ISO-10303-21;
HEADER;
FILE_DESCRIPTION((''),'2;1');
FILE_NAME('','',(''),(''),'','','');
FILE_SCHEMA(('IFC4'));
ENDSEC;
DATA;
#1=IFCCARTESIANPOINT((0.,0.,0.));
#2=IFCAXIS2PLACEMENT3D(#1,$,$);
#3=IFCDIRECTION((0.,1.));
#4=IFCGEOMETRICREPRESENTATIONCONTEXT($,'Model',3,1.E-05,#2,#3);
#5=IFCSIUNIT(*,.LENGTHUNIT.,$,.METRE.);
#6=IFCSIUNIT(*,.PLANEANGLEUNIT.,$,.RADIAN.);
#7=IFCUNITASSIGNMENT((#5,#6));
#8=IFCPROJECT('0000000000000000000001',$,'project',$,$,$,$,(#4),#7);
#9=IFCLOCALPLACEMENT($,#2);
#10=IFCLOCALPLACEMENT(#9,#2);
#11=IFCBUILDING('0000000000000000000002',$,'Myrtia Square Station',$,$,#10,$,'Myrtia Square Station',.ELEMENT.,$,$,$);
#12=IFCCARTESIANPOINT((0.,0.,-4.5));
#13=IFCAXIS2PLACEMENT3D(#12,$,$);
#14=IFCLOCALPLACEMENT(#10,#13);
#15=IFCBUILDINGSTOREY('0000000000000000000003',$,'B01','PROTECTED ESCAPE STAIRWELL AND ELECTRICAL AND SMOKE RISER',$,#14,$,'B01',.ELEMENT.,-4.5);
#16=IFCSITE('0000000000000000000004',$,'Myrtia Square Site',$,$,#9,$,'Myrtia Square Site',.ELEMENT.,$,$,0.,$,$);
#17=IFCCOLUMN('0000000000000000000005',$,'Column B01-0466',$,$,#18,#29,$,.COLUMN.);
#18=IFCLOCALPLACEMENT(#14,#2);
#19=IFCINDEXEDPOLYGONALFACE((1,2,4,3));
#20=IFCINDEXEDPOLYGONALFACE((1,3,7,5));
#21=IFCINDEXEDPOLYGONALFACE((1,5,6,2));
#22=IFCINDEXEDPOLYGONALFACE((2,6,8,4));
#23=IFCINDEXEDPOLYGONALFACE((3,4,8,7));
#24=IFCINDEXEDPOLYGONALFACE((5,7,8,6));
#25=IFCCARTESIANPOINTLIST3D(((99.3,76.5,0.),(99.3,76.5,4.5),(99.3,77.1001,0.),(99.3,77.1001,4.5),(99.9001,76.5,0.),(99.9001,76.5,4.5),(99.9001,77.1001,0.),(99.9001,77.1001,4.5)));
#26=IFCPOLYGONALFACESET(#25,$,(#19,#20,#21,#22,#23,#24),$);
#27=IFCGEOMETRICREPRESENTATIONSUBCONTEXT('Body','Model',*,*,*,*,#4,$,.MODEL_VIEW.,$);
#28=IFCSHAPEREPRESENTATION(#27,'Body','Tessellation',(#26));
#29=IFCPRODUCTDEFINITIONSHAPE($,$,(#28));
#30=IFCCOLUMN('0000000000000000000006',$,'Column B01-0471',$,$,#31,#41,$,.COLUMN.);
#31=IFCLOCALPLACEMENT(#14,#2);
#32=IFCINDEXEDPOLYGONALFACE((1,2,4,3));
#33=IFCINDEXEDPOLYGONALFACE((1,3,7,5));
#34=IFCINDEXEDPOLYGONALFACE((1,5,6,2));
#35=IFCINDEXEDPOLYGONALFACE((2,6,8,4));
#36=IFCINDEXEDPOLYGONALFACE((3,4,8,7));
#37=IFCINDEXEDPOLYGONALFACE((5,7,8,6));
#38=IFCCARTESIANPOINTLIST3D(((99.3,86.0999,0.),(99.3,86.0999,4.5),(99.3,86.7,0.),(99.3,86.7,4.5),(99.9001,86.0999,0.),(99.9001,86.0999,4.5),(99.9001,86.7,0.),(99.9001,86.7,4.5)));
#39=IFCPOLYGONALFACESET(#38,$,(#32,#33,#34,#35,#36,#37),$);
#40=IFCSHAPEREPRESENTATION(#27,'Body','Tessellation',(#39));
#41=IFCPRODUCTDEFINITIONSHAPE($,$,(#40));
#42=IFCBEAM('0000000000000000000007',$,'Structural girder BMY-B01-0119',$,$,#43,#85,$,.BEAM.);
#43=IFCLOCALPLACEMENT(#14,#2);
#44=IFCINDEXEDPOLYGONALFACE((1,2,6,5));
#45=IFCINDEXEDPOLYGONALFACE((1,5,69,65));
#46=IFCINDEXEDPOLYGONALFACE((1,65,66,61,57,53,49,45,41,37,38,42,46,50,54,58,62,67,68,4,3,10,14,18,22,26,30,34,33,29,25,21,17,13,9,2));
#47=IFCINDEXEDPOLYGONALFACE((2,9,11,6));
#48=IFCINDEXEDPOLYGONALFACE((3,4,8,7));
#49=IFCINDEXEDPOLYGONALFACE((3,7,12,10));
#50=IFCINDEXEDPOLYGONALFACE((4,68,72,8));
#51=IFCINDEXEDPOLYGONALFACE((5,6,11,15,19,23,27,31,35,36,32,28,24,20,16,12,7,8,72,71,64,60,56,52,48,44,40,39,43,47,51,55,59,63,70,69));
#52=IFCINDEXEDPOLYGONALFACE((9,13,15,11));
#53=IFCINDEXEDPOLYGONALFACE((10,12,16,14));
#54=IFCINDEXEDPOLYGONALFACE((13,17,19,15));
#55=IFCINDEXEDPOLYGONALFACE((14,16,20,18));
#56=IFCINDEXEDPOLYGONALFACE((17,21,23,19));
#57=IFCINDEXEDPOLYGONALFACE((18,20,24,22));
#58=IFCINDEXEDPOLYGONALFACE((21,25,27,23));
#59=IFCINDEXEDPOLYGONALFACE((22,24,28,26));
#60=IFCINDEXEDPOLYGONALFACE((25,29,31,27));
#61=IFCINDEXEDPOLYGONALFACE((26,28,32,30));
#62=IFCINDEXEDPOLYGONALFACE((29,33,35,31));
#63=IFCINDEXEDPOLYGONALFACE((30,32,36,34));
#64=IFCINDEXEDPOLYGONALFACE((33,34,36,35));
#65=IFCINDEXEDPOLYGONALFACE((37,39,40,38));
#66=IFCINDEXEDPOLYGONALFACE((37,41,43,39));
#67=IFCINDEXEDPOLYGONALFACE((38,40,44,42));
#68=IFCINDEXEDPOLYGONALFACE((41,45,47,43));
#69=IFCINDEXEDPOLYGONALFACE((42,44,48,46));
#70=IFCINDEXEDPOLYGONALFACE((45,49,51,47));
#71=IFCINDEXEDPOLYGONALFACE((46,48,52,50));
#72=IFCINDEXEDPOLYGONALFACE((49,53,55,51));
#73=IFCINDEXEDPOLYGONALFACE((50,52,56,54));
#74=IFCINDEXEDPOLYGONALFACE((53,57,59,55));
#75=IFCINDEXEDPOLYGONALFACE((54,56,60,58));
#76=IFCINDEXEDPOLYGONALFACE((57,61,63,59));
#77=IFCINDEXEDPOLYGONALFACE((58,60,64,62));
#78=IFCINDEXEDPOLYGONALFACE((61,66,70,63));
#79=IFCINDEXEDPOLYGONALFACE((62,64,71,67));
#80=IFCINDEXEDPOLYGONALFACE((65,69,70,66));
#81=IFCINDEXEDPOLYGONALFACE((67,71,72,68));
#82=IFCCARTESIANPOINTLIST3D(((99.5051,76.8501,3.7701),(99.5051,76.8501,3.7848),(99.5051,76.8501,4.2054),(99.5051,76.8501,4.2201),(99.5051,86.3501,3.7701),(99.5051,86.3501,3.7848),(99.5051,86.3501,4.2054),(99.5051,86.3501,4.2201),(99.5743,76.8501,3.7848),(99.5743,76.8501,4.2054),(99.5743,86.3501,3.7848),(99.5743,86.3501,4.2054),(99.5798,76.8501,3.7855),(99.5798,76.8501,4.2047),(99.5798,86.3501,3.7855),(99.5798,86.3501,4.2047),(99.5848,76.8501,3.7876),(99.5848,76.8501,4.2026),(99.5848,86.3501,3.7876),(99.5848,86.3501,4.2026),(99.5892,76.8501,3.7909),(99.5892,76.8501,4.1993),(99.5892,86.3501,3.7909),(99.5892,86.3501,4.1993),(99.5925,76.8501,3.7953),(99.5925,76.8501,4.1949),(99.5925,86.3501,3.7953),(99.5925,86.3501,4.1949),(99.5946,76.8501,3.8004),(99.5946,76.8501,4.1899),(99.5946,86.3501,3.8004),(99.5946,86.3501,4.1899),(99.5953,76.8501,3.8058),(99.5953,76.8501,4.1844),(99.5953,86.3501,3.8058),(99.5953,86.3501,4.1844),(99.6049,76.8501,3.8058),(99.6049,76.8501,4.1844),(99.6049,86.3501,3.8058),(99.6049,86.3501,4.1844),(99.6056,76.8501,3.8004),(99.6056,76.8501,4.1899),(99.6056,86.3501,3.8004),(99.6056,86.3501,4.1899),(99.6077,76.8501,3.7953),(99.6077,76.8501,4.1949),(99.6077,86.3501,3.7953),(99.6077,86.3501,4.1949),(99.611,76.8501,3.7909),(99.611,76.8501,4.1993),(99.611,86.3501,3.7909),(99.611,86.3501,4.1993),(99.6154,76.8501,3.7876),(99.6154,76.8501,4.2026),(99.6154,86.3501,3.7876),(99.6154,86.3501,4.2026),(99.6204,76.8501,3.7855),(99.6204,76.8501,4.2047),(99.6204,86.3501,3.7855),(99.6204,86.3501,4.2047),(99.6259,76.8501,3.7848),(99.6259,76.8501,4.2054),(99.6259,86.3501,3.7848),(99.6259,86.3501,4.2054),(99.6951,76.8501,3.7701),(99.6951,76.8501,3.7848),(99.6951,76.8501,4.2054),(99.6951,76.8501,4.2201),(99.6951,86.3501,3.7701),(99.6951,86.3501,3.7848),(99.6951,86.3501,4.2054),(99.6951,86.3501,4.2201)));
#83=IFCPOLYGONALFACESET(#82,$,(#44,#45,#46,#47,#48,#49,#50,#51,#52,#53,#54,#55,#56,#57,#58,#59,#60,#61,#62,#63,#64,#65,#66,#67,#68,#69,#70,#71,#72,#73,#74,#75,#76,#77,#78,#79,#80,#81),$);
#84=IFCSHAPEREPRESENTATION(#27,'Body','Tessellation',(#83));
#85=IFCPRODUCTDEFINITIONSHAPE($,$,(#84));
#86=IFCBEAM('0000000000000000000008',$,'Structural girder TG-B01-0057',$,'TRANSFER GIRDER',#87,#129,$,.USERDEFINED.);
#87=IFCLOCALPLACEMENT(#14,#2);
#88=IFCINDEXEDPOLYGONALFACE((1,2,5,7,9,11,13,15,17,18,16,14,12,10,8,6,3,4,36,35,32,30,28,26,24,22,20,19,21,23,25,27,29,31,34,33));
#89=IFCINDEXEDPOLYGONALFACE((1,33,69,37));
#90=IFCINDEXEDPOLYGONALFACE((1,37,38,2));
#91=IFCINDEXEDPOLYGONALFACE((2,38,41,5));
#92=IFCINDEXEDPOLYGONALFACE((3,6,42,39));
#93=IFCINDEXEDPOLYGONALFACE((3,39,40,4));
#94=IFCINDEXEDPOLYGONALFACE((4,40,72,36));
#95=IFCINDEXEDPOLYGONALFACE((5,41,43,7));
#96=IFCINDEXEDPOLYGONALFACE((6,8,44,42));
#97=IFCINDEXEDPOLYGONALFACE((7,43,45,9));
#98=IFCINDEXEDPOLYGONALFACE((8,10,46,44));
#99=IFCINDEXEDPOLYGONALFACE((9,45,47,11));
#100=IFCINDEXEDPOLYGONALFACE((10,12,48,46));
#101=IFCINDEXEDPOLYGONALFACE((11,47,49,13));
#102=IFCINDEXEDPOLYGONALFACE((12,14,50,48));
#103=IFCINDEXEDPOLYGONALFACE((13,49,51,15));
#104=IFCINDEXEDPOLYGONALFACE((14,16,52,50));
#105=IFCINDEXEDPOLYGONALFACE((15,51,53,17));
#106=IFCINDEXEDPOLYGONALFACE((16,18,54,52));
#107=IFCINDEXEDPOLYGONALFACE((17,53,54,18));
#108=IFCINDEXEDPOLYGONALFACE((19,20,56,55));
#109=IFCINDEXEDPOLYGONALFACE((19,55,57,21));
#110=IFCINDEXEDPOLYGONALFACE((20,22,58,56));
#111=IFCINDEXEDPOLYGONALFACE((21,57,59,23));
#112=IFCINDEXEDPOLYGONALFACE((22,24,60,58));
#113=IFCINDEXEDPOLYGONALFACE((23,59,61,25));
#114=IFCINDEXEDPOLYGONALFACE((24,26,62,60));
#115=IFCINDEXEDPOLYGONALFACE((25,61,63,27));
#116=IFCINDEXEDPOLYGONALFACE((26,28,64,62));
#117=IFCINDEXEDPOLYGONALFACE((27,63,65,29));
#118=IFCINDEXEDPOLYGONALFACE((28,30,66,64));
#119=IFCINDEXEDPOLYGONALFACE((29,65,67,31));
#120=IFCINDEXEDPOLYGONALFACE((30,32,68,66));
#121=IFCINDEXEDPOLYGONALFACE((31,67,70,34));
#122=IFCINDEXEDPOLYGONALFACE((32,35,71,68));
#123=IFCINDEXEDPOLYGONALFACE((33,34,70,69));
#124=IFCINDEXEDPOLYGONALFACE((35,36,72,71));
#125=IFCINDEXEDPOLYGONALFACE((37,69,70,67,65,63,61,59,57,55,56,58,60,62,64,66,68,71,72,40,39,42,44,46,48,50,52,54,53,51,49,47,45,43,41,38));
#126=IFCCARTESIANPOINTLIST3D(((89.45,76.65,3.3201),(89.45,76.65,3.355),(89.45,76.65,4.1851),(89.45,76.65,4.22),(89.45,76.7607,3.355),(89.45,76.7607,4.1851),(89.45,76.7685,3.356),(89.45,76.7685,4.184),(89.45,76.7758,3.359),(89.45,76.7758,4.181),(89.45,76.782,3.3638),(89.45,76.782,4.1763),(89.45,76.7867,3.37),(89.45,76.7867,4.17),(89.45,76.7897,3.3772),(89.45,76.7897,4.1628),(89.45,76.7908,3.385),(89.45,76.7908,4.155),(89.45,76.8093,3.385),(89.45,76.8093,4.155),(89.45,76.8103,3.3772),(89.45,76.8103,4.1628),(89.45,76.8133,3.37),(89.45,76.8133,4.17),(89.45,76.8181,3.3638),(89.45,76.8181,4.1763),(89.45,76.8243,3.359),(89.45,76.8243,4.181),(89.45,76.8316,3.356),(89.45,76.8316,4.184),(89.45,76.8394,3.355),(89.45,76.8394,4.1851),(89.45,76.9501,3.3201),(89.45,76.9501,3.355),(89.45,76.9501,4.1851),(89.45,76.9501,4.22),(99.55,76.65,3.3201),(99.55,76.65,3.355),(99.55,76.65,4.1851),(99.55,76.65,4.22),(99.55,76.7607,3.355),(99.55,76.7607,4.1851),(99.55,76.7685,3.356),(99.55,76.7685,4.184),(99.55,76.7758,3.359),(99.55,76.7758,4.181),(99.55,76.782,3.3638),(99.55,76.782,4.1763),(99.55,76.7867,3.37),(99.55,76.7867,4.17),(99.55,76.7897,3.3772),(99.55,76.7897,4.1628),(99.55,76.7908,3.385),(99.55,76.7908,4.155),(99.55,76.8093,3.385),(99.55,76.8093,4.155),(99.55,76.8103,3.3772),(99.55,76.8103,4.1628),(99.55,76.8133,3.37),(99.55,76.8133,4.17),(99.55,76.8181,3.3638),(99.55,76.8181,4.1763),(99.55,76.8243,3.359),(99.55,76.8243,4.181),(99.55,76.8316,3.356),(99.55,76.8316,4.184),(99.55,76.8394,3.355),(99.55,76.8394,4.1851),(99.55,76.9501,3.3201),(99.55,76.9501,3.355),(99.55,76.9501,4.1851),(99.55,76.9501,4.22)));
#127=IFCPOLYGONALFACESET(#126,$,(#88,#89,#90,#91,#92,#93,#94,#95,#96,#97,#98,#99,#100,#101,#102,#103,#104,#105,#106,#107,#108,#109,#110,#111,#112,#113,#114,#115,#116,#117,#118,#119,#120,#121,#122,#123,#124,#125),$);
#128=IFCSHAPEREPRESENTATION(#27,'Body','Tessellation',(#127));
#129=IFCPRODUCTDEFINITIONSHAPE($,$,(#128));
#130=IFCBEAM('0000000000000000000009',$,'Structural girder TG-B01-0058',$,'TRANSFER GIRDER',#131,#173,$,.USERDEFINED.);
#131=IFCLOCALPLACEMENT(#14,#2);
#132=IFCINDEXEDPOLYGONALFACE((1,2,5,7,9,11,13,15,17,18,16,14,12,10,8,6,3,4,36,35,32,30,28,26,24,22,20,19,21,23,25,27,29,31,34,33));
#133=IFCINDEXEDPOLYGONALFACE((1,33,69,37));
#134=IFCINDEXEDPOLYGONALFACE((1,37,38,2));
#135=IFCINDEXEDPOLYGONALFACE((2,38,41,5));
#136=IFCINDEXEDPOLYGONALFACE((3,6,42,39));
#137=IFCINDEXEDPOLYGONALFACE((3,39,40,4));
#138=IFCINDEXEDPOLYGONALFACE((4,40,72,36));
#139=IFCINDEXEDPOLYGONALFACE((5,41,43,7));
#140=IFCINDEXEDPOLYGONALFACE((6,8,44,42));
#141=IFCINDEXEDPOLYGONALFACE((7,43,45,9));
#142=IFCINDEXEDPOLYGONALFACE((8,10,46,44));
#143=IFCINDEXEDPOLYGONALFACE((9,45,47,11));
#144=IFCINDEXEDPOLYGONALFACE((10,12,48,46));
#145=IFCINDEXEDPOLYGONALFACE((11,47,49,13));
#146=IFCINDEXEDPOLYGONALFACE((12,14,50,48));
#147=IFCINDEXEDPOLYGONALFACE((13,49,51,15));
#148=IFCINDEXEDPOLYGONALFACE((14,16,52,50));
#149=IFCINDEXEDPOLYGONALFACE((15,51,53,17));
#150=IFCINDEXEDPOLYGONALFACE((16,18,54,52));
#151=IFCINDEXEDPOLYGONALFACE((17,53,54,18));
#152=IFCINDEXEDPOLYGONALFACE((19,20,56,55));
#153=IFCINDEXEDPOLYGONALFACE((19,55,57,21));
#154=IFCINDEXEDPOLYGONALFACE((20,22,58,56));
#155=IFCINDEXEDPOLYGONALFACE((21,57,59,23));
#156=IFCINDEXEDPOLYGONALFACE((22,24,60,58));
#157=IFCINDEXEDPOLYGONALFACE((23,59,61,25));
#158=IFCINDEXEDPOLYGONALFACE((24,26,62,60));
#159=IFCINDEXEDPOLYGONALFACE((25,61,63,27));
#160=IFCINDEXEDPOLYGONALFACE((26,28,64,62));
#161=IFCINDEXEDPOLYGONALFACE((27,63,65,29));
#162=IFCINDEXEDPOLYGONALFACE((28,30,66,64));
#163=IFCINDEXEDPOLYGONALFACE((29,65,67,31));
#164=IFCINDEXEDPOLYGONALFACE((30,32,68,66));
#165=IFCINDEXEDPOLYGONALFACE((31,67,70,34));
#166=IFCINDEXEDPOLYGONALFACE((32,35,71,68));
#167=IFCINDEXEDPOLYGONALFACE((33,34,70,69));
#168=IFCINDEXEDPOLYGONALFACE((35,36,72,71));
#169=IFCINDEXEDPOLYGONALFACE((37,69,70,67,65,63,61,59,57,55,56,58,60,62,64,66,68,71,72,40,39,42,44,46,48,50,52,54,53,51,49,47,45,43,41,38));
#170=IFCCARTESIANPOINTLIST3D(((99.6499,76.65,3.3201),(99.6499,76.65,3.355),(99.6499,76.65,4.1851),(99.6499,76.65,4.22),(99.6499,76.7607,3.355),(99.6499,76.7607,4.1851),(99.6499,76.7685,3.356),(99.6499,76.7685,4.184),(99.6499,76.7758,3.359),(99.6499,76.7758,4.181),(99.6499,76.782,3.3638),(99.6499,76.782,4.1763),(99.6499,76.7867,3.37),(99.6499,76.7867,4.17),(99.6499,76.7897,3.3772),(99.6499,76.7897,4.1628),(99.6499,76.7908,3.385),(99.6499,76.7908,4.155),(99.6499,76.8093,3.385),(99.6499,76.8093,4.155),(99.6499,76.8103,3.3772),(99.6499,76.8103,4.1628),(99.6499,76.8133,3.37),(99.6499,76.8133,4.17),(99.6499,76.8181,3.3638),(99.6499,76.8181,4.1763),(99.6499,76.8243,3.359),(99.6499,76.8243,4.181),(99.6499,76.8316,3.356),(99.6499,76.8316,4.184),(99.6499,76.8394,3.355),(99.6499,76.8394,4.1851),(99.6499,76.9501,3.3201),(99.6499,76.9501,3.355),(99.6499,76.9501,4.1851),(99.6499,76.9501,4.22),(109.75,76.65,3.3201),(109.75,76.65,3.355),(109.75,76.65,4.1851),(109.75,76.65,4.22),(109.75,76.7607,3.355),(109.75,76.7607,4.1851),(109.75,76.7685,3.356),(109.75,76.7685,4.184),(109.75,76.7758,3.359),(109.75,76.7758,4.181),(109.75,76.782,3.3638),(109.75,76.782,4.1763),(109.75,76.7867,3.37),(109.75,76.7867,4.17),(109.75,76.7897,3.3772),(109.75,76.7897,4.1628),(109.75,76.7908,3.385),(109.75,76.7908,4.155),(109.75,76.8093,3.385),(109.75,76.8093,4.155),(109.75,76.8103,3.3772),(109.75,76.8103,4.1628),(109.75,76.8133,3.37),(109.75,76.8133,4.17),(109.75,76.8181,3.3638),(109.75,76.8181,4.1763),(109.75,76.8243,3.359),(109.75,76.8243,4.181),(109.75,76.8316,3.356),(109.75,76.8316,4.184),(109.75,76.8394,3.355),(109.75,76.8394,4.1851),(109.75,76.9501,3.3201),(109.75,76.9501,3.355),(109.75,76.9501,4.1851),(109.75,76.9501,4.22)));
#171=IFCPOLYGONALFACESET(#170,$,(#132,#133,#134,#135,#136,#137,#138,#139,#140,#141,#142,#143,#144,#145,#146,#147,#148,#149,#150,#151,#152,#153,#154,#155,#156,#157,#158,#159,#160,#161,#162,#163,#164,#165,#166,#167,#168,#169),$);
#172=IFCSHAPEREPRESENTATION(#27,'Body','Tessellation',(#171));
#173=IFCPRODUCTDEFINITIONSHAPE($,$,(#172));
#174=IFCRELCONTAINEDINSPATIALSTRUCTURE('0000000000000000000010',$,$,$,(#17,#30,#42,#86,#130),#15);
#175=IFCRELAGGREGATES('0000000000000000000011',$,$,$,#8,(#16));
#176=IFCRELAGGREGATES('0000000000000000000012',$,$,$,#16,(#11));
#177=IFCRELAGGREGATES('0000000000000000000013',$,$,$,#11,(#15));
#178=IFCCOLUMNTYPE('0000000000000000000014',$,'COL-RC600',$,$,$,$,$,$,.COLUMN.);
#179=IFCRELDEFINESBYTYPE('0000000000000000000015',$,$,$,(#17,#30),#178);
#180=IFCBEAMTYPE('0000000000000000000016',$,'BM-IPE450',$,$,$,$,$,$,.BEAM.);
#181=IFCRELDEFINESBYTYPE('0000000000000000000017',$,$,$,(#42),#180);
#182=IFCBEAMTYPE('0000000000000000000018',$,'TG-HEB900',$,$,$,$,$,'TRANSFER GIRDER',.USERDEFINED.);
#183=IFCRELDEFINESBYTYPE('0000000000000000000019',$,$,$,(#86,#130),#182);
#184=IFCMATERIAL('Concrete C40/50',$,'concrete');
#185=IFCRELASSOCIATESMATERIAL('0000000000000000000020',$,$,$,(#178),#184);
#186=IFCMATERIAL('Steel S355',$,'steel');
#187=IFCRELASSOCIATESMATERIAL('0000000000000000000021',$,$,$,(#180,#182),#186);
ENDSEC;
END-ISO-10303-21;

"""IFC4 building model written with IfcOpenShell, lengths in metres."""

from ifc_helpers import new_model, si_unit, direction, frame, origin, origin_2d, place, context, subcontext, project, spatial, rectangle, i_section, extrude, material, material_profile, profile_set, type_object, element, save


model = new_model("IFC4")

# Units and contexts
model_context = context("Model", 3, precision=1e-05, world=origin(), true_north=direction((0.0, 1.0)))
body_context = subcontext(model_context, "Body", "Model", "MODEL_VIEW")
ifc_project = project(units=[si_unit("LENGTHUNIT", "METRE"), si_unit("PLANEANGLEUNIT", "RADIAN")], contexts=[model_context])

# Site, building, storey
site_placement = place(None, origin())
site = spatial("IfcSite", under=ifc_project, at=site_placement, Name="Myrtia Square Site", LongName="Myrtia Square Site", CompositionType="ELEMENT", RefElevation=0.0)
building_placement = place(site_placement, origin())
building = spatial("IfcBuilding", under=site, at=building_placement, Name="Myrtia Square Station", LongName="Myrtia Square Station", CompositionType="ELEMENT")
storey_placement = place(building_placement, frame((0.0, 0.0, -4.5)))
storey = spatial("IfcBuildingStorey", under=building, at=storey_placement, Name="B01", Description="PROTECTED ESCAPE STAIRWELL AND ELECTRICAL AND SMOKE RISER", LongName="B01", CompositionType="ELEMENT", Elevation=-4.5)

# Columns
ifc_material_1 = material(Name="Concrete C40/50", Category="concrete")
ifc_material_profile_1 = material_profile(ifc_material_1, rectangle(XDim=0.6001, YDim=0.6001, at=origin_2d()), Name="RC 600x600")
ifc_profile_set_1 = profile_set([ifc_material_profile_1], Name="Concrete C40/50")
column_type = type_object("IfcColumnType", Name="COL-RC600", PredefinedType="COLUMN", material=ifc_profile_set_1)
for number, where, z_axis, x_axis, name in (
    (1, (99.6001, 76.8, 0.0), (0.0, 0.0, 1.0), (1.0, 0.0, 0.0), "Column B01-0466"),
    (2, (99.6001, 86.3999, 0.0), (0.0, 0.0, 1.0), (1.0, 0.0, 0.0), "Column B01-0471"),
):
    element("IfcColumn", number, at=place(storey_placement, frame(where, z_axis=z_axis, x_axis=x_axis)), inside=storey, type_object=column_type, Name=name, PredefinedType="COLUMN", context=body_context, shape_type="SweptSolid", body=[
        extrude(rectangle(XDim=0.6001, YDim=0.6001, at=origin_2d()), origin(), (0.0, 0.0, 1.0), 4.5),
    ])

# Beams
ifc_material_2 = material(Name="Steel S355", Category="steel")
ifc_material_profile_2 = material_profile(ifc_material_2, i_section(OverallWidth=0.1899, OverallDepth=0.45, WebThickness=0.0095, FlangeThickness=0.0146, FilletRadius=0.021, at=origin_2d()), Name="IPE 450")
ifc_profile_set_2 = profile_set([ifc_material_profile_2], Name="Steel S355")
beam_type_1 = type_object("IfcBeamType", Name="BM-IPE450", PredefinedType="BEAM", material=ifc_profile_set_2)
beam_placement = place(storey_placement, frame((99.6001, 76.8501, 3.9951), z_axis=(0.0, 1.0, 0.0), x_axis=(-1.0, 0.0, 0.0)))
element("IfcBeam", 3, at=beam_placement, inside=storey, type_object=beam_type_1, Name="Structural girder BMY-B01-0119", PredefinedType="BEAM", context=body_context, shape_type="SweptSolid", body=[
    extrude(i_section(OverallWidth=0.1899, OverallDepth=0.45, WebThickness=0.0095, FlangeThickness=0.0146, FilletRadius=0.021, at=origin_2d()), origin(), (0.0, 0.0, 1.0), 9.5),
])
ifc_material_profile_3 = material_profile(ifc_material_2, i_section(OverallWidth=0.3, OverallDepth=0.8999, WebThickness=0.0186, FlangeThickness=0.0349, FilletRadius=0.03, at=origin_2d()), Name="HEB 900")
ifc_profile_set_3 = profile_set([ifc_material_profile_3], Name="Steel S355")
beam_type_2 = type_object("IfcBeamType", Name="TG-HEB900", ElementType="TRANSFER GIRDER", PredefinedType="USERDEFINED", material=ifc_profile_set_3)
for number, where, z_axis, x_axis, name in (
    (4, (89.45, 76.8, 3.77), (1.0, 0.0, 0.0), (0.0, 1.0, 0.0), "Structural girder TG-B01-0057"),
    (5, (99.6499, 76.8, 3.77), (1.0, 0.0, 0.0), (0.0, 1.0, 0.0), "Structural girder TG-B01-0058"),
):
    element("IfcBeam", number, at=place(storey_placement, frame(where, z_axis=z_axis, x_axis=x_axis)), inside=storey, type_object=beam_type_2, Name=name, ObjectType="TRANSFER GIRDER", PredefinedType="USERDEFINED", context=body_context, shape_type="SweptSolid", body=[
        extrude(i_section(OverallWidth=0.3, OverallDepth=0.8999, WebThickness=0.0186, FlangeThickness=0.0349, FilletRadius=0.03, at=origin_2d()), origin(), (0.0, 0.0, 1.0), 10.1001),
    ])

save(model, "model.ifc")
